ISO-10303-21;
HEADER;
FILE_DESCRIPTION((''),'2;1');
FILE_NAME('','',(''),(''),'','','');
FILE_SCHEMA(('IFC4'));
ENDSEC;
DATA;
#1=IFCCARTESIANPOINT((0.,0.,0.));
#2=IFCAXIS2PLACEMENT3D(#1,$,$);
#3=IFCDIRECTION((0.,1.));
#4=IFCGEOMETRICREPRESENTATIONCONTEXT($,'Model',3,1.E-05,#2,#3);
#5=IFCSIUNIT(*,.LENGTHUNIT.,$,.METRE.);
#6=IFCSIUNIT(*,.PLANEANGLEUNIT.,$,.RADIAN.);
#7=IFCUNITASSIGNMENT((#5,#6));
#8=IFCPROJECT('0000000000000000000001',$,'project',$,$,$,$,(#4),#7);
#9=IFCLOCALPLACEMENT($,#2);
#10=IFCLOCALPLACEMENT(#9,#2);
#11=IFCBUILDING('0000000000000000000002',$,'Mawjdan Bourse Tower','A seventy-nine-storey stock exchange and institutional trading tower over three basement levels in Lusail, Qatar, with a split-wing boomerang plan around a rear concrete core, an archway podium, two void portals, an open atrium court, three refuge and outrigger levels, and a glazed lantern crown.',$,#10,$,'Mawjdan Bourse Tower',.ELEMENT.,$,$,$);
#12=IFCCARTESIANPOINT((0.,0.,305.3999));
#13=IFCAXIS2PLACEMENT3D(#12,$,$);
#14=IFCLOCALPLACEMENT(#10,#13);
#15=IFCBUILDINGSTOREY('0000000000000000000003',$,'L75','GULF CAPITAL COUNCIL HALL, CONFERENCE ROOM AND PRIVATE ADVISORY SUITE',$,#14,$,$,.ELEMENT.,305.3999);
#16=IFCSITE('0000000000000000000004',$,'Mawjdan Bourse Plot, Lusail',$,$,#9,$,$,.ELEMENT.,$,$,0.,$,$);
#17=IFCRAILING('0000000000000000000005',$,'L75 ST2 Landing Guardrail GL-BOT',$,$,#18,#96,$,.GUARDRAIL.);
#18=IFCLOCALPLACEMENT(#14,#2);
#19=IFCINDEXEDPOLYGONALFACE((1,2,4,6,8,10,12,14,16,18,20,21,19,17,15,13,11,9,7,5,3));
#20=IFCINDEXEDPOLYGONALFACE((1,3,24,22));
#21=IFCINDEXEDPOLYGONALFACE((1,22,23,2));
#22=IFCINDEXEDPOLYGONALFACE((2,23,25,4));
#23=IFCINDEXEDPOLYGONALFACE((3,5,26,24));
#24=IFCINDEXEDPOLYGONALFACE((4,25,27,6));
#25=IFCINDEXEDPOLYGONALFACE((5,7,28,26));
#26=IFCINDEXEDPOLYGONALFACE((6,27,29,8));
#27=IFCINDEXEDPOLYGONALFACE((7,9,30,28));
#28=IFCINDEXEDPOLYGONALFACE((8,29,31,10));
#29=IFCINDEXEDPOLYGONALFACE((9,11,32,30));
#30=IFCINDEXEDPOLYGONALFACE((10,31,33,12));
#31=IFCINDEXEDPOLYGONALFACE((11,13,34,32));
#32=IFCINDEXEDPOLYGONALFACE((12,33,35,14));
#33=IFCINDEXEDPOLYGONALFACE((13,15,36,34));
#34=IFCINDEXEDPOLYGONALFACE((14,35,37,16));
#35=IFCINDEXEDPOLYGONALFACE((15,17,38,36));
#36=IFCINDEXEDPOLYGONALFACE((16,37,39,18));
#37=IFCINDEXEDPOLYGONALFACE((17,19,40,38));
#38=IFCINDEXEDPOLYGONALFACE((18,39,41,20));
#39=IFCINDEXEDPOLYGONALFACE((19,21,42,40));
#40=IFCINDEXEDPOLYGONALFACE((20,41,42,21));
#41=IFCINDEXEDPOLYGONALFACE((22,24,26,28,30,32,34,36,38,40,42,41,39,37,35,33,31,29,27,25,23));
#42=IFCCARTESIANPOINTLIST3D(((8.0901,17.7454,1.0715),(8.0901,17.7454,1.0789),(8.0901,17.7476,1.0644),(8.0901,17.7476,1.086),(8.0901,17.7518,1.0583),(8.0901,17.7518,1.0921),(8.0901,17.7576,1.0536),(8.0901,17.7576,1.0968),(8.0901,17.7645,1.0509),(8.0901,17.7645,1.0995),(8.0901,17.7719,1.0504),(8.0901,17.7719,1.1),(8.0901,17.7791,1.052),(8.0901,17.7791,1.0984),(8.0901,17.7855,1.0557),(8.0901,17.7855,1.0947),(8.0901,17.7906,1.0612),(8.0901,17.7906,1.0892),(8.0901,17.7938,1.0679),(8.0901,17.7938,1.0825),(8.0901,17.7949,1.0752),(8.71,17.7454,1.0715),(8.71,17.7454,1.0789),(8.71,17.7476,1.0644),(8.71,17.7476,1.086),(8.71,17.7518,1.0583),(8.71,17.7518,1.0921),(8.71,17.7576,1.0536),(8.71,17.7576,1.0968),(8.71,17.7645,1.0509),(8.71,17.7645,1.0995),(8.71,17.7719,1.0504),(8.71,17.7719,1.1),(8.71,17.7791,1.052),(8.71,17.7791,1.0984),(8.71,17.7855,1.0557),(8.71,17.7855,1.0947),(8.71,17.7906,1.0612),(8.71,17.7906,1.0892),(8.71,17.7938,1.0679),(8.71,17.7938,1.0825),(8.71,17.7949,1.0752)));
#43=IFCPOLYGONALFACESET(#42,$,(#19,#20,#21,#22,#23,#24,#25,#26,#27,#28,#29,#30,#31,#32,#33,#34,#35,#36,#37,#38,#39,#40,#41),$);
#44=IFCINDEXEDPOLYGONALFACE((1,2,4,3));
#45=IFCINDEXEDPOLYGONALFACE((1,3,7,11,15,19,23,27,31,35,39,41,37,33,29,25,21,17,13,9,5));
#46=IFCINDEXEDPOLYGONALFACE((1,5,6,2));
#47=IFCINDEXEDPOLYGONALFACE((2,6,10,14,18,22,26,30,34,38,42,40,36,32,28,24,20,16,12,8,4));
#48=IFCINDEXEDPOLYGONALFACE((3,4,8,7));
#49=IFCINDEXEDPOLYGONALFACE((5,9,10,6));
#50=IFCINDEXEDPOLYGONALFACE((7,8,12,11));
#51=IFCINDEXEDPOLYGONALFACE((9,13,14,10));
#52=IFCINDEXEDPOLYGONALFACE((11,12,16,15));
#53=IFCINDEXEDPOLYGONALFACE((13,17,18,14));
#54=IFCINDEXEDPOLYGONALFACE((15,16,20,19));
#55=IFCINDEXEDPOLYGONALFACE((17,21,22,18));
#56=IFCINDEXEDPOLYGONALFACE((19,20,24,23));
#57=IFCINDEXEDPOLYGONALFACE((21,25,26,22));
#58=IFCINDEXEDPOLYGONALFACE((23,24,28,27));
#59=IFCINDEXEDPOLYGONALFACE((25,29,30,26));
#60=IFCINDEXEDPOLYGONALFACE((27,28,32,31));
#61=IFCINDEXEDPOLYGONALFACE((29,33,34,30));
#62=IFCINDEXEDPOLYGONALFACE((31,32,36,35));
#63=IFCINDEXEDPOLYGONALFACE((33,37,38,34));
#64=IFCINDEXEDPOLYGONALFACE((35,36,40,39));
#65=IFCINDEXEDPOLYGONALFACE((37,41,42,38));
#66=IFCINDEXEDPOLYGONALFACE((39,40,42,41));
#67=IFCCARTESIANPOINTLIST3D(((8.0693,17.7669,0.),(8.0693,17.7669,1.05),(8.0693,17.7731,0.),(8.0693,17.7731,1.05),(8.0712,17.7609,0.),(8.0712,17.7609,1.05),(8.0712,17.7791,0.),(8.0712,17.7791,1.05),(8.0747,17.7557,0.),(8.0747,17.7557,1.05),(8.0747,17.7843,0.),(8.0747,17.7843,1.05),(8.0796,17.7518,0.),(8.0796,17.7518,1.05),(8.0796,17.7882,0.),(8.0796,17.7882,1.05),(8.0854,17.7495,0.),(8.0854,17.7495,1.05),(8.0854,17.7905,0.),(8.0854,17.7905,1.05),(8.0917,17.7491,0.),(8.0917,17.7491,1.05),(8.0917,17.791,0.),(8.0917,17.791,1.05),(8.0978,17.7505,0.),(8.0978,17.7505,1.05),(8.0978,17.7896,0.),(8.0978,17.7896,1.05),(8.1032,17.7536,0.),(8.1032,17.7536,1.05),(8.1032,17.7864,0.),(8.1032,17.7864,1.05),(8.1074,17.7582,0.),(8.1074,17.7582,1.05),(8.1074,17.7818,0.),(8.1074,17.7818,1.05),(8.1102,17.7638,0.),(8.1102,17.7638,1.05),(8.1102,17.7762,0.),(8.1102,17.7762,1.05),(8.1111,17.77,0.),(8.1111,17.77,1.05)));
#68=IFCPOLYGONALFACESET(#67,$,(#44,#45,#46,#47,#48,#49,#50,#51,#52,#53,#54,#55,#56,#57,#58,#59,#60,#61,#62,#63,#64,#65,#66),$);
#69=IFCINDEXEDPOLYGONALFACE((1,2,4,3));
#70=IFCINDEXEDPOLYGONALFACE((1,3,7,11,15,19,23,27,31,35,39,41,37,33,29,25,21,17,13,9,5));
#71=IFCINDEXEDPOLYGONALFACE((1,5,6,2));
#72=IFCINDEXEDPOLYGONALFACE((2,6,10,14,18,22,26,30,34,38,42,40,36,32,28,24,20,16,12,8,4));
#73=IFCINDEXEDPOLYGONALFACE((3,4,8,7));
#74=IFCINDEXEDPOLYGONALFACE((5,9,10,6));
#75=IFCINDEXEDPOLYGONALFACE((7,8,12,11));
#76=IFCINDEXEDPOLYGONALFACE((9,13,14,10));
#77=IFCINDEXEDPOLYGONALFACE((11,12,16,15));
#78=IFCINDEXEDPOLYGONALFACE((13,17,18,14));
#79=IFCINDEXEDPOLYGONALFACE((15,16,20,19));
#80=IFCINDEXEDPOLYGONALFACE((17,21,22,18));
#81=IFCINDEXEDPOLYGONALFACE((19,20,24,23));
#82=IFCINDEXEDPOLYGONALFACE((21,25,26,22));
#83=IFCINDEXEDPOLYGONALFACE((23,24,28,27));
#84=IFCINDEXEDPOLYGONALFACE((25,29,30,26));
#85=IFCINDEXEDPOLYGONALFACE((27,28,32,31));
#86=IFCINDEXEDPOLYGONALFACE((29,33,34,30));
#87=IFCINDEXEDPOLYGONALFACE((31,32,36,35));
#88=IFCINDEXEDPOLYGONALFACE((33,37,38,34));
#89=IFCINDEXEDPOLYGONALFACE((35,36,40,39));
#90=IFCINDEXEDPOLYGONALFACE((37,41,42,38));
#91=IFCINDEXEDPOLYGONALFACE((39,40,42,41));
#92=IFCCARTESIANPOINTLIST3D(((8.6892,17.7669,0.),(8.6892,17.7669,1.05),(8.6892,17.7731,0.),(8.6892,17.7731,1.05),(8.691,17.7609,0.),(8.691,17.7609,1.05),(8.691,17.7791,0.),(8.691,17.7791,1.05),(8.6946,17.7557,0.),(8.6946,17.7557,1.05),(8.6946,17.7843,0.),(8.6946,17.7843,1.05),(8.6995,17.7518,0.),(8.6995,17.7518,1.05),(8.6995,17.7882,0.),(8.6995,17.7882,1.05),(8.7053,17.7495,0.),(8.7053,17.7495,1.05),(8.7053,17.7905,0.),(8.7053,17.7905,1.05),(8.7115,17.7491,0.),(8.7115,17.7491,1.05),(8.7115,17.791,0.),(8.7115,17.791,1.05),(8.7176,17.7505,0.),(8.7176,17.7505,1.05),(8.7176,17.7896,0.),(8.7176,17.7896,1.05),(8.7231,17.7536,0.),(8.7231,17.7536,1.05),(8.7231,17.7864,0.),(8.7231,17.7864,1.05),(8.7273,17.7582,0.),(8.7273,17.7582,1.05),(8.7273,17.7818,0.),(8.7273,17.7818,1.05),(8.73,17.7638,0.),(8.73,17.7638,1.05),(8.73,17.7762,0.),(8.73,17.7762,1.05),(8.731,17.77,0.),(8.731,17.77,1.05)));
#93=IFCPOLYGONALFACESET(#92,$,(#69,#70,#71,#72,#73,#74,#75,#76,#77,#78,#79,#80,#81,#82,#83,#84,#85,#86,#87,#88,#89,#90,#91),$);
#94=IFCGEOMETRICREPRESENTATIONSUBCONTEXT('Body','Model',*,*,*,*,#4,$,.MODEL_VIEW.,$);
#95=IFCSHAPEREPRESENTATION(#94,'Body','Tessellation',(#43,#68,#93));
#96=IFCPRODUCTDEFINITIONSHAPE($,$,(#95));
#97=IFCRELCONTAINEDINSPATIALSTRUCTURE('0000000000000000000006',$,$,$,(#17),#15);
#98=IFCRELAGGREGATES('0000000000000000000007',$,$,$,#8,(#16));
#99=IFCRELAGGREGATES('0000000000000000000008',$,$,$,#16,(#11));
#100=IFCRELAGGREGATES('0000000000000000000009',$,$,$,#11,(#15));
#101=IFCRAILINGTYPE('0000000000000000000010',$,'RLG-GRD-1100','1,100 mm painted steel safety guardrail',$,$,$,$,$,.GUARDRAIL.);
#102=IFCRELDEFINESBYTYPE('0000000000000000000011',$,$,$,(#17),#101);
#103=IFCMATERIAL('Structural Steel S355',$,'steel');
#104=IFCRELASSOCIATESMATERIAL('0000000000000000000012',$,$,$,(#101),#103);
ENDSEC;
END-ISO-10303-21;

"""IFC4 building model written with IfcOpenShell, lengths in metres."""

from ifc_helpers import new_model, si_unit, direction, frame, origin, origin_2d, place, context, subcontext, project, spatial, circle, extrude, material, type_object, element, save


model = new_model("IFC4")

# Units and contexts
model_context = context("Model", 3, precision=1e-05, world=origin(), true_north=direction((0.0, 1.0)))
body_context = subcontext(model_context, "Body", "Model", "MODEL_VIEW")
ifc_project = project(units=[si_unit("LENGTHUNIT", "METRE"), si_unit("PLANEANGLEUNIT", "RADIAN")], contexts=[model_context])

# Site, building, storey
site_placement = place(None, origin())
site = spatial("IfcSite", under=ifc_project, at=site_placement, Name="Mawjdan Bourse Plot, Lusail", CompositionType="ELEMENT", RefElevation=0.0)
building_placement = place(site_placement, origin())
building = spatial("IfcBuilding", under=site, at=building_placement, Name="Mawjdan Bourse Tower", Description="A seventy-nine-storey stock exchange and institutional trading tower over three basement levels in Lusail, Qatar, with a split-wing boomerang plan around a rear concrete core, an archway podium, two void portals, an open atrium court, three refuge and outrigger levels, and a glazed lantern crown.", LongName="Mawjdan Bourse Tower", CompositionType="ELEMENT")
storey_placement = place(building_placement, frame((0.0, 0.0, 305.3999)))
storey = spatial("IfcBuildingStorey", under=building, at=storey_placement, Name="L75", Description="GULF CAPITAL COUNCIL HALL, CONFERENCE ROOM AND PRIVATE ADVISORY SUITE", CompositionType="ELEMENT", Elevation=305.3999)

# Railing
ifc_material_1 = material(Name="Structural Steel S355", Category="steel")
railing_type_1 = type_object("IfcRailingType", Name="RLG-GRD-1100", Description="1,100 mm painted steel safety guardrail", PredefinedType="GUARDRAIL", material=ifc_material_1)
for number, where, name in (
    (1, (8.0901, 17.77, 0.0), "L75 ST2 Landing Guardrail GL-BOT"),
):
    element("IfcRailing", number, at=place(storey_placement, frame(where)), inside=storey, type_object=railing_type_1, Name=name, PredefinedType="GUARDRAIL", context=body_context, shape_type="SweptSolid", body=[
        extrude(circle(Radius=0.0249, at=origin_2d()), frame((0.0, 0.0, 1.0752), z_axis=(1.0, 0.0, 0.0), x_axis=(0.0, 1.0, 0.0)), (0.0, 0.0, 1.0), 0.6199),
        extrude(circle(Radius=0.021, at=origin_2d()), origin(), (0.0, 0.0, 1.0), 1.05),
        extrude(circle(Radius=0.021, at=origin_2d()), frame((0.6199, 0.0, 0.0)), (0.0, 0.0, 1.0), 1.05),
    ])

save(model, "model.ifc")
